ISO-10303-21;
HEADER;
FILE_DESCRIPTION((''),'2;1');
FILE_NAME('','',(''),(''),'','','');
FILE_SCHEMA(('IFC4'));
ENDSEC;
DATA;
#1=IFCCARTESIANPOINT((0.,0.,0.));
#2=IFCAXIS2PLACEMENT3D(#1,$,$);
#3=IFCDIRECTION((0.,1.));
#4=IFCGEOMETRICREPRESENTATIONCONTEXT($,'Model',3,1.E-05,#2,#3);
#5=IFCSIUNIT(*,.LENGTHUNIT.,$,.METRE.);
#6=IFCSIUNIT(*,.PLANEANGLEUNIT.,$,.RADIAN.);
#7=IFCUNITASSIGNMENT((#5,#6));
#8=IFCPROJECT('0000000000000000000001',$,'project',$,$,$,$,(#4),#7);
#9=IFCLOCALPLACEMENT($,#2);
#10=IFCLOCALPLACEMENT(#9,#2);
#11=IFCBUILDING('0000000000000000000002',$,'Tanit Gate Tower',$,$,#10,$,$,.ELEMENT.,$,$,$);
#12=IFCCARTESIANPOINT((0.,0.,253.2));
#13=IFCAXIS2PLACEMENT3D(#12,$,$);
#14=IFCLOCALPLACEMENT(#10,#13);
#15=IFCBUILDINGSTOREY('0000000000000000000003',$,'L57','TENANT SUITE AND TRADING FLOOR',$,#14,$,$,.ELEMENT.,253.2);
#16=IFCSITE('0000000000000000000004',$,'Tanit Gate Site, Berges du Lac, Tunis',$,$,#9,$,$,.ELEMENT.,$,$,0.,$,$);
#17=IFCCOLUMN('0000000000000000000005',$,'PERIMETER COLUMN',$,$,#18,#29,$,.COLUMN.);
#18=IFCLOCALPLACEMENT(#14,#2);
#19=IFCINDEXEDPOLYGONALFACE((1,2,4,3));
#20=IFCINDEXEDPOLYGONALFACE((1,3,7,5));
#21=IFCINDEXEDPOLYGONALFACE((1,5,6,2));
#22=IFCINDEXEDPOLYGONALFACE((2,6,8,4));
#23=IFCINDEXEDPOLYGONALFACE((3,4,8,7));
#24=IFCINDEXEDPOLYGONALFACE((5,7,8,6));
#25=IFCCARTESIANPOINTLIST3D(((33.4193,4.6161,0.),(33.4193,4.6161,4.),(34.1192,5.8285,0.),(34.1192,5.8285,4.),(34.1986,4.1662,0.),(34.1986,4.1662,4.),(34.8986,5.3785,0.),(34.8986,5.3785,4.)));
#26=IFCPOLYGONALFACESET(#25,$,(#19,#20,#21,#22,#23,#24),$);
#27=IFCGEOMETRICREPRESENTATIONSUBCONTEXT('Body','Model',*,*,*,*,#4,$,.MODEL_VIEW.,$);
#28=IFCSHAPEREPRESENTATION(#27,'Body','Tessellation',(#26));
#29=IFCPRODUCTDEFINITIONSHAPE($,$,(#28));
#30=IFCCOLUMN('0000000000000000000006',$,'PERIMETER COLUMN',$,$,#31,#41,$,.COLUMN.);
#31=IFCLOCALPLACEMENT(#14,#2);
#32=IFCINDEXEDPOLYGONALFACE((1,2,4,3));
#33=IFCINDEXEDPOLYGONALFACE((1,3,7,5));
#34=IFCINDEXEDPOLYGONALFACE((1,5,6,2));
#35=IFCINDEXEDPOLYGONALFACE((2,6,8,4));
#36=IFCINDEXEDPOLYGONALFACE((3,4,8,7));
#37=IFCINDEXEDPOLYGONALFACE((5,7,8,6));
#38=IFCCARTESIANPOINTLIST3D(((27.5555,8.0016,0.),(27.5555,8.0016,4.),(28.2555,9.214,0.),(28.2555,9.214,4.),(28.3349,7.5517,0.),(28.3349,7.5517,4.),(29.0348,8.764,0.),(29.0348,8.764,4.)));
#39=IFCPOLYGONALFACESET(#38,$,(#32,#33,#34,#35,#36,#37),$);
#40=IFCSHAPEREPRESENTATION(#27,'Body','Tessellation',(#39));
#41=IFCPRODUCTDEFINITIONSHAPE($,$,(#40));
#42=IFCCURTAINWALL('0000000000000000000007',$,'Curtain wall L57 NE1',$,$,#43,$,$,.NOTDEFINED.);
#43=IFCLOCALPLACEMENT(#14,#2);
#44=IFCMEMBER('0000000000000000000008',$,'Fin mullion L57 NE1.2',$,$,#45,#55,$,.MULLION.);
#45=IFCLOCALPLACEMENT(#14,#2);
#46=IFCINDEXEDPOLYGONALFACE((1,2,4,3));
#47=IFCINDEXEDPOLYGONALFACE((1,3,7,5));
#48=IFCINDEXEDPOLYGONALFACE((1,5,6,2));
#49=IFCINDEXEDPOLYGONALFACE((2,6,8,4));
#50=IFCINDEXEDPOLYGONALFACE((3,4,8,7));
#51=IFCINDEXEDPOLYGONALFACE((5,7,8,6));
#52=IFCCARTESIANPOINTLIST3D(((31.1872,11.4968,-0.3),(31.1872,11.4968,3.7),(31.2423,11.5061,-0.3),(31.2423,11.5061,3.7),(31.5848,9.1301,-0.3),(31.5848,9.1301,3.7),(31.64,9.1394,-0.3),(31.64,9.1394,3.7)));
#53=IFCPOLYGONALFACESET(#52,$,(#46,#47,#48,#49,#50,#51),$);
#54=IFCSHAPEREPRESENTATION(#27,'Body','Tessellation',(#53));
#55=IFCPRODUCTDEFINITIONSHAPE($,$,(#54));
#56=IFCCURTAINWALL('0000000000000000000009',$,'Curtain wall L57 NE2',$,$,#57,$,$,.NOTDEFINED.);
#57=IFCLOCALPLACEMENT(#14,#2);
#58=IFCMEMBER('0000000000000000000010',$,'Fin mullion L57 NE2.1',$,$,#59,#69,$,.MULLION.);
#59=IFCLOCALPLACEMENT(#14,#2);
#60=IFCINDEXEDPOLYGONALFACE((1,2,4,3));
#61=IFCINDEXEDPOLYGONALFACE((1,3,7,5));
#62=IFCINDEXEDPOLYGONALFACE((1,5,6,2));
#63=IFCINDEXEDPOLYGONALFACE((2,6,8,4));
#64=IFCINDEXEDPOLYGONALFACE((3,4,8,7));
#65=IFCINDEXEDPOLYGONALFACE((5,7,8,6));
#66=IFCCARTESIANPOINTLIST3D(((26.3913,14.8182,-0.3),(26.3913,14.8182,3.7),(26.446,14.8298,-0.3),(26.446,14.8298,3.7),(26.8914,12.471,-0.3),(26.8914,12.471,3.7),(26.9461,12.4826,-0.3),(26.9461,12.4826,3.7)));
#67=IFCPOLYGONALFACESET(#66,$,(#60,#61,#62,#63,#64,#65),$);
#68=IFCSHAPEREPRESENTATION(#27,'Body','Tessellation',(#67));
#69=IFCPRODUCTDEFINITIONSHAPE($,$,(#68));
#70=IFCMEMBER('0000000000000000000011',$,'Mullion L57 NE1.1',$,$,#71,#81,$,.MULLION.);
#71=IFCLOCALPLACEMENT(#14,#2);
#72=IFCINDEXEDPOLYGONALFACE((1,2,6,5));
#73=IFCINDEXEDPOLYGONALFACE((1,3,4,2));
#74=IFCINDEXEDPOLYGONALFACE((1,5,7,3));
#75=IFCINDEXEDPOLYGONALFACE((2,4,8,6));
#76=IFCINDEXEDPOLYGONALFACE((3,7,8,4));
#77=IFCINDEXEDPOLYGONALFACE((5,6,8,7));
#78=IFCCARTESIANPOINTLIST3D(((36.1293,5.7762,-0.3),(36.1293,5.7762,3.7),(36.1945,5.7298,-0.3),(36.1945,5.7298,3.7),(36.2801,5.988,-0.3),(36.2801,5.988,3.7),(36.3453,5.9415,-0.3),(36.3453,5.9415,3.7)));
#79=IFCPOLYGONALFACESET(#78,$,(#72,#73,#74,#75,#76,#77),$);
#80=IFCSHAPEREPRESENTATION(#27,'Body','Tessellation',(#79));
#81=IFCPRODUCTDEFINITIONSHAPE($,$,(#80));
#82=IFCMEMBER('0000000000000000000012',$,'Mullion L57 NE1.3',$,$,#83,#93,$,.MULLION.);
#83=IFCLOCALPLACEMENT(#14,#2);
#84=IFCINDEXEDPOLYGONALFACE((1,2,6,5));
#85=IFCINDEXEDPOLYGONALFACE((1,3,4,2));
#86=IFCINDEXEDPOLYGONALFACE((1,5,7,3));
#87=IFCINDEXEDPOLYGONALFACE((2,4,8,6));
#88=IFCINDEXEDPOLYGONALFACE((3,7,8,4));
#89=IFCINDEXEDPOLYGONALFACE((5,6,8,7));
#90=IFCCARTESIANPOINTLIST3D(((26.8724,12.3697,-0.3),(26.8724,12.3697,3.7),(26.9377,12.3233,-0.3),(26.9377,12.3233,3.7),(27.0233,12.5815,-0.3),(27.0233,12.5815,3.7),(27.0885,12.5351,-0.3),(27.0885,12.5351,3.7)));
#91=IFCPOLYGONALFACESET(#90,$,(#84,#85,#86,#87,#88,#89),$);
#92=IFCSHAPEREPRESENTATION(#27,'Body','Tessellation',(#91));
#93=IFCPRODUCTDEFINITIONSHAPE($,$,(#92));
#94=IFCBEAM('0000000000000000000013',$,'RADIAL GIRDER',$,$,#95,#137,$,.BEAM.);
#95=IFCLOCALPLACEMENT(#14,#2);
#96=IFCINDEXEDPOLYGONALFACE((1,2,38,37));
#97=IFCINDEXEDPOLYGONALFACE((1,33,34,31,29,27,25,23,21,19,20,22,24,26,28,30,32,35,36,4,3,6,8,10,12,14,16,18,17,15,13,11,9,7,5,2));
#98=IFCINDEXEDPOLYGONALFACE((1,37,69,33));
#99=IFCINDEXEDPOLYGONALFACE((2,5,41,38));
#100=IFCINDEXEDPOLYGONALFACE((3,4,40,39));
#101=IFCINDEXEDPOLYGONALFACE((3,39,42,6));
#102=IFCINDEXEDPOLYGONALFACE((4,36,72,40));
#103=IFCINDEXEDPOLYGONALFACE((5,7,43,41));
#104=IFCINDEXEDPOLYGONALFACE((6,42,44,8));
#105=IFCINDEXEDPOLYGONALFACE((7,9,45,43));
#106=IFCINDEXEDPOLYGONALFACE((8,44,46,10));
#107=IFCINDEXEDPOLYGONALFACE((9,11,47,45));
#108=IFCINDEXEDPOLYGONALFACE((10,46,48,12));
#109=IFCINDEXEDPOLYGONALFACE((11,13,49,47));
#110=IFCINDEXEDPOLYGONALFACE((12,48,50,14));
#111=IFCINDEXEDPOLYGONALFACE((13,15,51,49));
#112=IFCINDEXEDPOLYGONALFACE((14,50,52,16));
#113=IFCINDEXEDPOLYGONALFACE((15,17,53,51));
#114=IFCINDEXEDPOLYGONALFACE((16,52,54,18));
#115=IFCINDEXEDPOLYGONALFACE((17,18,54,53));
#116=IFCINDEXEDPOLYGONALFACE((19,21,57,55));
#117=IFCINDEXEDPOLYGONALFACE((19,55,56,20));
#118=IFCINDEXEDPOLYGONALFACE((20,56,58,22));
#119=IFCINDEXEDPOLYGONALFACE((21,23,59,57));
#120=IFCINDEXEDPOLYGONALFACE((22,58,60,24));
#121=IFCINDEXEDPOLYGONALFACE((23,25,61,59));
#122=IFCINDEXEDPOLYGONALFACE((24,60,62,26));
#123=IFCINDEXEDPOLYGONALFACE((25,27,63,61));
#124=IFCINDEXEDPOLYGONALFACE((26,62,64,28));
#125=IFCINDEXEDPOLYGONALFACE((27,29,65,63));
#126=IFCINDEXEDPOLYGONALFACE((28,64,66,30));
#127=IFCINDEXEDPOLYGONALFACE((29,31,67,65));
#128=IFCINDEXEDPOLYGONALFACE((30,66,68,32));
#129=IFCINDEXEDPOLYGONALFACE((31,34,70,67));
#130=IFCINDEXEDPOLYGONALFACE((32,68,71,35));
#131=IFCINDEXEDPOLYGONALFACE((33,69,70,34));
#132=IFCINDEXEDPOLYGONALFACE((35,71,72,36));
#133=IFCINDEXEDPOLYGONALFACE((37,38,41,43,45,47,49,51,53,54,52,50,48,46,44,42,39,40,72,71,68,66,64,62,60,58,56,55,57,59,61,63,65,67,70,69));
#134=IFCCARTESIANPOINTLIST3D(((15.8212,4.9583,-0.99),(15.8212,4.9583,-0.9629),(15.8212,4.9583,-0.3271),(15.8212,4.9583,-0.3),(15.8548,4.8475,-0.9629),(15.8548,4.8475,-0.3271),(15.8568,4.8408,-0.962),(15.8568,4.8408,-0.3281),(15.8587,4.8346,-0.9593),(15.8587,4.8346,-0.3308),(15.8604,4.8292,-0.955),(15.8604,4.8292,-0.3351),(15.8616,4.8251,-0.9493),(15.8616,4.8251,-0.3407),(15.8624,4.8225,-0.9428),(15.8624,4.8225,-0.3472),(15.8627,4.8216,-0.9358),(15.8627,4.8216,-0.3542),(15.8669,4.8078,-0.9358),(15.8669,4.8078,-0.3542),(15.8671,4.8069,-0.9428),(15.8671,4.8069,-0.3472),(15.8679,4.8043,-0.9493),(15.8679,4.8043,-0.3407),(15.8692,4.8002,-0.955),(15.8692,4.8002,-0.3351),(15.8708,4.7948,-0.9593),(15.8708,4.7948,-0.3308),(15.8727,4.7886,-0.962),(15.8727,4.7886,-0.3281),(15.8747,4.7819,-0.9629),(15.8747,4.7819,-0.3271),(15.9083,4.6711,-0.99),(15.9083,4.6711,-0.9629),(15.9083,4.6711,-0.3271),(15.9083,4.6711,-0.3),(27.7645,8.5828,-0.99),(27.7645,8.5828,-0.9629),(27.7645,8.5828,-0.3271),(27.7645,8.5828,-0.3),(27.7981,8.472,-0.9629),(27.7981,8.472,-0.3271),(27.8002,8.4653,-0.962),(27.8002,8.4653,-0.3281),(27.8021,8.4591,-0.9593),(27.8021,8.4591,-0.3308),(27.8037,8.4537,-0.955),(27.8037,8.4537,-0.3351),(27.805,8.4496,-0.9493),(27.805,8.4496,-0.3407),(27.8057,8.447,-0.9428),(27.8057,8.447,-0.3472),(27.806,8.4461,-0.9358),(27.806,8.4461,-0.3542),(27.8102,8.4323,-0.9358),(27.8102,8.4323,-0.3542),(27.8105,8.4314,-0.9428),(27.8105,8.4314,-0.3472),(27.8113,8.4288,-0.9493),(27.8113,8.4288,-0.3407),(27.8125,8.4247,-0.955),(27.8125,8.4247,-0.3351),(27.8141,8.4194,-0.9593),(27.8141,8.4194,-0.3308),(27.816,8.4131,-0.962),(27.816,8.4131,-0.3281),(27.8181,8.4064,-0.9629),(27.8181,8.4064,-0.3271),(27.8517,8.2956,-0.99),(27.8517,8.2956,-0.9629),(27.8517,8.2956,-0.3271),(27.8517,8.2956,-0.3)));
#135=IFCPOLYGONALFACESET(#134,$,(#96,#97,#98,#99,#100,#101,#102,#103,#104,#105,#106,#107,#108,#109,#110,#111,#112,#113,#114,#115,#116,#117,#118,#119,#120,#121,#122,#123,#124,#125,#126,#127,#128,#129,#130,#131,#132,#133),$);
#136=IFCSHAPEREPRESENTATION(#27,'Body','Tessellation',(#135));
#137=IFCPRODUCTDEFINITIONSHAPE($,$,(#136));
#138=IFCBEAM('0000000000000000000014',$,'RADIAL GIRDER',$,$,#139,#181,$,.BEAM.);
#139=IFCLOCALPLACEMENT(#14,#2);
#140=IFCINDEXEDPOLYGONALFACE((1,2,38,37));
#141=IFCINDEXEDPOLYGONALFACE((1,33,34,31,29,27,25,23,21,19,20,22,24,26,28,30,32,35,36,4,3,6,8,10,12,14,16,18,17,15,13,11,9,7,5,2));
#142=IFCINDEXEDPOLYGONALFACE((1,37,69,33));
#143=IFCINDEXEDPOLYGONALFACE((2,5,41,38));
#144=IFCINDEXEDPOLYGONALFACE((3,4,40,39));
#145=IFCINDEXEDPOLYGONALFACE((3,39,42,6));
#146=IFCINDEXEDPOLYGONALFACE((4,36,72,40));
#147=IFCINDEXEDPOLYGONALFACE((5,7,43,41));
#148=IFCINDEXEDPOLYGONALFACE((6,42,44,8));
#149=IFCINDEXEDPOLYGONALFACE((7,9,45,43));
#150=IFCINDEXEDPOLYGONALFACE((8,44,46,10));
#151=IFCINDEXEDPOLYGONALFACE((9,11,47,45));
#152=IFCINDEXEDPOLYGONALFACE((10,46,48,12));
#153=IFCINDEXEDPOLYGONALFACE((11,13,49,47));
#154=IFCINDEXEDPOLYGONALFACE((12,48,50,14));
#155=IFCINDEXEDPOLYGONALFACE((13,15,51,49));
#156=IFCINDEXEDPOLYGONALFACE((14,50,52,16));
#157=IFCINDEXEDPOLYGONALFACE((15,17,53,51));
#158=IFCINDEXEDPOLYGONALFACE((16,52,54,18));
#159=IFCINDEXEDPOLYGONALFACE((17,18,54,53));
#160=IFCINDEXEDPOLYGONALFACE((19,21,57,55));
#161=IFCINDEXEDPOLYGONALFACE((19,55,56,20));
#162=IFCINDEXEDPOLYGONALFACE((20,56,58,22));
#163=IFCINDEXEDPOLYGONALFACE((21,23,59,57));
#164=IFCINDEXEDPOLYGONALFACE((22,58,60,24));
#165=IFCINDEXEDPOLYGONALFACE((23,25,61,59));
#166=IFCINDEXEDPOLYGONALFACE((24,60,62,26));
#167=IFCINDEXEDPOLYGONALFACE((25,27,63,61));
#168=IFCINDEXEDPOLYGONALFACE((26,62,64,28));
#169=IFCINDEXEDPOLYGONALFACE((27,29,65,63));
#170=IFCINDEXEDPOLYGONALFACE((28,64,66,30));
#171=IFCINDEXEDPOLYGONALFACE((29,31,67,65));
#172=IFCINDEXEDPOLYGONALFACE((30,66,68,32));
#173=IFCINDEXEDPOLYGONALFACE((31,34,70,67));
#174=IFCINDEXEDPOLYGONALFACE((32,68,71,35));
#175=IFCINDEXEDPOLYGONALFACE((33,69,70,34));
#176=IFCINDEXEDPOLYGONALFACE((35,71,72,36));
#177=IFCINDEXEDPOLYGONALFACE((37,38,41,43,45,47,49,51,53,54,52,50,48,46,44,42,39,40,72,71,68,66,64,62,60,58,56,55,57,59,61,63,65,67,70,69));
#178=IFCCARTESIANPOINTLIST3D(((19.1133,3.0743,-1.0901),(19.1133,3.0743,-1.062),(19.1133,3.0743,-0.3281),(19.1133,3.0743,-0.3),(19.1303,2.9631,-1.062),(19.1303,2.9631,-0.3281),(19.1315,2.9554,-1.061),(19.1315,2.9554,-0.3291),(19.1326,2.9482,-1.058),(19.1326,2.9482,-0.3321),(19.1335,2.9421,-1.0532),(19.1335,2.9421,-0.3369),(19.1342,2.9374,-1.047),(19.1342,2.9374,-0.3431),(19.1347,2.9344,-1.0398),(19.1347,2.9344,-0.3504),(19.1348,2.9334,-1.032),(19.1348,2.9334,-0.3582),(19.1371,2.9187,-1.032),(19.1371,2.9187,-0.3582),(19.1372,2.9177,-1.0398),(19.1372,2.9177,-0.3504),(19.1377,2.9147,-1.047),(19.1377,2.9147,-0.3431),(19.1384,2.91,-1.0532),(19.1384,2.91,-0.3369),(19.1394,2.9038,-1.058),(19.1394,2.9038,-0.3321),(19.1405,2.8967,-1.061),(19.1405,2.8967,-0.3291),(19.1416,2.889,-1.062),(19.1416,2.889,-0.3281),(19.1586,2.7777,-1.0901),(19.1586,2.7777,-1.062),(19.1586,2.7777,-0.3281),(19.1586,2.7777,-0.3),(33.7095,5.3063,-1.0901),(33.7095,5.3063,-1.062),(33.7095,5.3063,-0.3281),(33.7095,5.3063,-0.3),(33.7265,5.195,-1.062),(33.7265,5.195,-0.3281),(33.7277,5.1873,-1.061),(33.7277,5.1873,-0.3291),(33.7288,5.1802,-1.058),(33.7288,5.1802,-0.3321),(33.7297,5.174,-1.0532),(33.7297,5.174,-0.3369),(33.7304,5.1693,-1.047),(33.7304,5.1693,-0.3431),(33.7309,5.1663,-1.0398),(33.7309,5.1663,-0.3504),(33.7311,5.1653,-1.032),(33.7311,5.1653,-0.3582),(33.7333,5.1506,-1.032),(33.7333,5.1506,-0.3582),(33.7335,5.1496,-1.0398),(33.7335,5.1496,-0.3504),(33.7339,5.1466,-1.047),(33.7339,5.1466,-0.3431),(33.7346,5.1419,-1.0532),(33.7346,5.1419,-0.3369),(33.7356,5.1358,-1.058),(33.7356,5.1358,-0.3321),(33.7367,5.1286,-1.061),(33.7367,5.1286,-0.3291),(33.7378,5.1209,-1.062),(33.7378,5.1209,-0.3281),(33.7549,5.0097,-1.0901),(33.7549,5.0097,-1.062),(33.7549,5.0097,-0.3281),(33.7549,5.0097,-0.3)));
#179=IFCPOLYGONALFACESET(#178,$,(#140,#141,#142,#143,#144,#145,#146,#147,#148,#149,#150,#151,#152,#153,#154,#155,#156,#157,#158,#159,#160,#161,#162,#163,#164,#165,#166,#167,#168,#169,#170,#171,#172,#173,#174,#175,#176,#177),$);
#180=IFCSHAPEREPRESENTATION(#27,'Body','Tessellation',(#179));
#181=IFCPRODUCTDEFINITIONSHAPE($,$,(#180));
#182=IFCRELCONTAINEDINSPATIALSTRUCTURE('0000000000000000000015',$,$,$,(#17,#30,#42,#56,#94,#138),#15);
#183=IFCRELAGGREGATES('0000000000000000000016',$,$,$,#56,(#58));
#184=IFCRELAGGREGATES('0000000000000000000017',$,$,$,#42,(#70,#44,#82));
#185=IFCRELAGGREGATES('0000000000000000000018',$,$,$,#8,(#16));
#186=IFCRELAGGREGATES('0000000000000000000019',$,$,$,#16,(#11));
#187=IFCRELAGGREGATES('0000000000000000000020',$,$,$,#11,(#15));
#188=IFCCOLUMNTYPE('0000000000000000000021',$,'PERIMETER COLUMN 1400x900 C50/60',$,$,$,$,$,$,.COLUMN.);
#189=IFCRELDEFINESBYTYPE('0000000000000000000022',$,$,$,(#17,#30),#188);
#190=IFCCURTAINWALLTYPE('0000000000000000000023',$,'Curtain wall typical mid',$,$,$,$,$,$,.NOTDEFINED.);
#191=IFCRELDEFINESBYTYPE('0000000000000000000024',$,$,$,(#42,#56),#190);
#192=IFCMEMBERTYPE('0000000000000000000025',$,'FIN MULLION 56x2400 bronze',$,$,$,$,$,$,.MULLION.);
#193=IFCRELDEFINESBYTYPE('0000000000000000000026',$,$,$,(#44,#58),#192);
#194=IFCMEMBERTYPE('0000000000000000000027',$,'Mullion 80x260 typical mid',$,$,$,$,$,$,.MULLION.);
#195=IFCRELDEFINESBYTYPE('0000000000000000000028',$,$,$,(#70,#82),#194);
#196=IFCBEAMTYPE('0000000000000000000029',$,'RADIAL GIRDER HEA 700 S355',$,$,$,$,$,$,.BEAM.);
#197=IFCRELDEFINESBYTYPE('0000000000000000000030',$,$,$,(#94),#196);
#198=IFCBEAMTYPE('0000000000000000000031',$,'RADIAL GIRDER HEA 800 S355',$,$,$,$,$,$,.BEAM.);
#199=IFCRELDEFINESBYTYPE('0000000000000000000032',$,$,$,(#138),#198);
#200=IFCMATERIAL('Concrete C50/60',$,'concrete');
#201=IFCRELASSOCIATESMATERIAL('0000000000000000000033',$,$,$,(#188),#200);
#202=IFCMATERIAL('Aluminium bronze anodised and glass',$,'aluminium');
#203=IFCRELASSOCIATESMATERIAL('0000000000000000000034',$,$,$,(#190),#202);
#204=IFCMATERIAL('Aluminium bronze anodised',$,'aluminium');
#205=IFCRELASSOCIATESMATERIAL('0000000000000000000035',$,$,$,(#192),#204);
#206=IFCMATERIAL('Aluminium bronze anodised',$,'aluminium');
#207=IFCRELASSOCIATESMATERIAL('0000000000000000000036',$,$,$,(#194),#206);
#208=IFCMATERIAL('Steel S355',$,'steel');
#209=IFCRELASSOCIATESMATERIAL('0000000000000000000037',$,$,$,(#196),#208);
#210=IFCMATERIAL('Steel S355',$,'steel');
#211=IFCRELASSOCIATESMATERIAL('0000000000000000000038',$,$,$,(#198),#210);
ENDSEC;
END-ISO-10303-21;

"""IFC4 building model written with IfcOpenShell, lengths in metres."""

from ifc_helpers import new_model, si_unit, direction, frame, origin, origin_2d, place, context, subcontext, project, spatial, rectangle, i_section, extrude, material, material_profile, profile_set, type_object, element, aggregate, save


model = new_model("IFC4")

# Units and contexts
model_context = context("Model", 3, precision=1e-05, world=origin(), true_north=direction((0.0, 1.0)))
body_context = subcontext(model_context, "Body", "Model", "MODEL_VIEW")
ifc_project = project(units=[si_unit("LENGTHUNIT", "METRE"), si_unit("PLANEANGLEUNIT", "RADIAN")], contexts=[model_context])

# Site, building, storey
site_placement = place(None, origin())
site = spatial("IfcSite", under=ifc_project, at=site_placement, Name="Tanit Gate Site, Berges du Lac, Tunis", CompositionType="ELEMENT", RefElevation=0.0)
building_placement = place(site_placement, origin())
building = spatial("IfcBuilding", under=site, at=building_placement, Name="Tanit Gate Tower", CompositionType="ELEMENT")
storey_placement = place(building_placement, frame((0.0, 0.0, 253.2)))
storey = spatial("IfcBuildingStorey", under=building, at=storey_placement, Name="L57", Description="TENANT SUITE AND TRADING FLOOR", CompositionType="ELEMENT", Elevation=253.2)

# Columns
ifc_material_1 = material(Name="Concrete C50/60", Category="concrete")
ifc_material_profile_1 = material_profile(ifc_material_1, rectangle(XDim=1.3999, YDim=0.8999, at=origin_2d()), Name="RC 1400x900")
ifc_profile_set_1 = profile_set([ifc_material_profile_1], Name="Concrete C50/60")
column_type = type_object("IfcColumnType", Name="PERIMETER COLUMN 1400x900 C50/60", PredefinedType="COLUMN", material=ifc_profile_set_1)
for number, where, z_axis, x_axis, name in (
    (1, (34.1589, 4.9973, 0.0), (0.0, 0.0, 1.0), (0.5, 0.866025, 0.0), "PERIMETER COLUMN"),
    (2, (28.2952, 8.3828, 0.0), (0.0, 0.0, 1.0), (0.5, 0.866025, 0.0), "PERIMETER COLUMN"),
):
    element("IfcColumn", number, at=place(storey_placement, frame(where, z_axis=z_axis, x_axis=x_axis)), inside=storey, type_object=column_type, Name=name, PredefinedType="COLUMN", context=body_context, shape_type="SweptSolid", body=[
        extrude(rectangle(XDim=1.3999, YDim=0.8999, at=origin_2d()), origin(), (0.0, 0.0, 1.0), 4.0),
    ])

# Curtain walls, members
ifc_material_2 = material(Name="Aluminium bronze anodised and glass", Category="aluminium")
curtain_wall_type = type_object("IfcCurtainWallType", Name="Curtain wall typical mid", PredefinedType="NOTDEFINED", material=ifc_material_2)
curtain_wall_1_placement = place(storey_placement, origin())
curtain_wall_1 = element("IfcCurtainWall", 3, at=curtain_wall_1_placement, inside=storey, type_object=curtain_wall_type, Name="Curtain wall L57 NE1", PredefinedType="NOTDEFINED")
ifc_material_3 = material(Name="Aluminium bronze anodised", Category="aluminium")
ifc_material_profile_2 = material_profile(ifc_material_3, rectangle(XDim=2.3999, YDim=0.0559, at=origin_2d()), Name="56x2400 bronze fin mullion")
ifc_profile_set_2 = profile_set([ifc_material_profile_2], Name="Aluminium bronze anodised")
member_type_1 = type_object("IfcMemberType", Name="FIN MULLION 56x2400 bronze", PredefinedType="MULLION", material=ifc_profile_set_2)
member_1_placement = place(storey_placement, frame((31.4136, 10.3181, -0.3), z_axis=(0.0, 0.0, 1.0), x_axis=(0.165705, -0.986175, 0.0)))
member_1 = element("IfcMember", 4, at=member_1_placement, type_object=member_type_1, Name="Fin mullion L57 NE1.2", PredefinedType="MULLION", context=body_context, shape_type="SweptSolid", body=[
    extrude(rectangle(XDim=2.3999, YDim=0.0559, at=origin_2d()), origin(), (0.0, 0.0, 1.0), 4.0),
])
curtain_wall_2_placement = place(storey_placement, origin())
curtain_wall_2 = element("IfcCurtainWall", 5, at=curtain_wall_2_placement, inside=storey, type_object=curtain_wall_type, Name="Curtain wall L57 NE2", PredefinedType="NOTDEFINED")
member_2_placement = place(storey_placement, frame((26.6687, 13.6504, -0.3), z_axis=(0.0, 0.0, 1.0), x_axis=(0.208373, -0.978049, 0.0)))
member_2 = element("IfcMember", 6, at=member_2_placement, type_object=member_type_1, Name="Fin mullion L57 NE2.1", PredefinedType="MULLION", context=body_context, shape_type="SweptSolid", body=[
    extrude(rectangle(XDim=2.3999, YDim=0.0559, at=origin_2d()), origin(), (0.0, 0.0, 1.0), 4.0),
])

# Members
ifc_material_4 = material(Name="Aluminium bronze anodised", Category="aluminium")
ifc_material_profile_3 = material_profile(ifc_material_4, rectangle(XDim=0.26, YDim=0.0801, at=origin_2d()), Name="80x260 bronze mullion")
ifc_profile_set_3 = profile_set([ifc_material_profile_3], Name="Aluminium bronze anodised")
member_type_2 = type_object("IfcMemberType", Name="Mullion 80x260 typical mid", PredefinedType="MULLION", material=ifc_profile_set_3)
member_3_placement = place(storey_placement, frame((36.2373, 5.8589, -0.3), z_axis=(0.0, 0.0, 1.0), x_axis=(-0.58016, -0.814503, 0.0)))
member_3 = element("IfcMember", 7, at=member_3_placement, type_object=member_type_2, Name="Mullion L57 NE1.1", PredefinedType="MULLION", context=body_context, shape_type="SweptSolid", body=[
    extrude(rectangle(XDim=0.26, YDim=0.0801, at=origin_2d()), origin(), (0.0, 0.0, 1.0), 4.0),
])
member_4_placement = place(storey_placement, frame((26.9805, 12.4524, -0.3), z_axis=(0.0, 0.0, 1.0), x_axis=(-0.58016, -0.814503, 0.0)))
member_4 = element("IfcMember", 8, at=member_4_placement, type_object=member_type_2, Name="Mullion L57 NE1.3", PredefinedType="MULLION", context=body_context, shape_type="SweptSolid", body=[
    extrude(rectangle(XDim=0.26, YDim=0.0801, at=origin_2d()), origin(), (0.0, 0.0, 1.0), 4.0),
])

# Beams
ifc_material_5 = material(Name="Steel S355", Category="steel")
ifc_material_profile_4 = material_profile(ifc_material_5, i_section(OverallWidth=0.3, OverallDepth=0.6899, WebThickness=0.0144, FlangeThickness=0.0271, FilletRadius=0.0271, at=origin_2d()), Name="HEA 700")
ifc_profile_set_4 = profile_set([ifc_material_profile_4], Name="Steel S355")
beam_type_1 = type_object("IfcBeamType", Name="RADIAL GIRDER HEA 700 S355", PredefinedType="BEAM", material=ifc_profile_set_4)
beam_1_placement = place(storey_placement, frame((27.8081, 8.4392, -0.645), z_axis=(-0.956906, -0.290397, 0.0), x_axis=(0.290397, -0.956906, 0.0)))
element("IfcBeam", 9, at=beam_1_placement, inside=storey, type_object=beam_type_1, Name="RADIAL GIRDER", PredefinedType="BEAM", context=body_context, shape_type="SweptSolid", body=[
    extrude(i_section(OverallWidth=0.3, OverallDepth=0.6899, WebThickness=0.0144, FlangeThickness=0.0271, FilletRadius=0.0271, at=origin_2d()), origin(), (0.0, 0.0, 1.0), 12.4812),
])
ifc_material_6 = material(Name="Steel S355", Category="steel")
ifc_material_profile_5 = material_profile(ifc_material_6, i_section(OverallWidth=0.3, OverallDepth=0.79, WebThickness=0.0149, FlangeThickness=0.0281, FilletRadius=0.03, at=origin_2d()), Name="HEA 800")
ifc_profile_set_5 = profile_set([ifc_material_profile_5], Name="Steel S355")
beam_type_2 = type_object("IfcBeamType", Name="RADIAL GIRDER HEA 800 S355", PredefinedType="BEAM", material=ifc_profile_set_5)
beam_2_placement = place(storey_placement, frame((33.7322, 5.158, -0.6951), z_axis=(-0.98851, -0.151155, 0.0), x_axis=(0.151155, -0.98851, 0.0)))
element("IfcBeam", 10, at=beam_2_placement, inside=storey, type_object=beam_type_2, Name="RADIAL GIRDER", PredefinedType="BEAM", context=body_context, shape_type="SweptSolid", body=[
    extrude(i_section(OverallWidth=0.3, OverallDepth=0.79, WebThickness=0.0149, FlangeThickness=0.0281, FilletRadius=0.03, at=origin_2d()), origin(), (0.0, 0.0, 1.0), 14.7659),
])

aggregate(curtain_wall_2, [member_2])

aggregate(curtain_wall_1, [member_3, member_1, member_4])

save(model, "model.ifc")
